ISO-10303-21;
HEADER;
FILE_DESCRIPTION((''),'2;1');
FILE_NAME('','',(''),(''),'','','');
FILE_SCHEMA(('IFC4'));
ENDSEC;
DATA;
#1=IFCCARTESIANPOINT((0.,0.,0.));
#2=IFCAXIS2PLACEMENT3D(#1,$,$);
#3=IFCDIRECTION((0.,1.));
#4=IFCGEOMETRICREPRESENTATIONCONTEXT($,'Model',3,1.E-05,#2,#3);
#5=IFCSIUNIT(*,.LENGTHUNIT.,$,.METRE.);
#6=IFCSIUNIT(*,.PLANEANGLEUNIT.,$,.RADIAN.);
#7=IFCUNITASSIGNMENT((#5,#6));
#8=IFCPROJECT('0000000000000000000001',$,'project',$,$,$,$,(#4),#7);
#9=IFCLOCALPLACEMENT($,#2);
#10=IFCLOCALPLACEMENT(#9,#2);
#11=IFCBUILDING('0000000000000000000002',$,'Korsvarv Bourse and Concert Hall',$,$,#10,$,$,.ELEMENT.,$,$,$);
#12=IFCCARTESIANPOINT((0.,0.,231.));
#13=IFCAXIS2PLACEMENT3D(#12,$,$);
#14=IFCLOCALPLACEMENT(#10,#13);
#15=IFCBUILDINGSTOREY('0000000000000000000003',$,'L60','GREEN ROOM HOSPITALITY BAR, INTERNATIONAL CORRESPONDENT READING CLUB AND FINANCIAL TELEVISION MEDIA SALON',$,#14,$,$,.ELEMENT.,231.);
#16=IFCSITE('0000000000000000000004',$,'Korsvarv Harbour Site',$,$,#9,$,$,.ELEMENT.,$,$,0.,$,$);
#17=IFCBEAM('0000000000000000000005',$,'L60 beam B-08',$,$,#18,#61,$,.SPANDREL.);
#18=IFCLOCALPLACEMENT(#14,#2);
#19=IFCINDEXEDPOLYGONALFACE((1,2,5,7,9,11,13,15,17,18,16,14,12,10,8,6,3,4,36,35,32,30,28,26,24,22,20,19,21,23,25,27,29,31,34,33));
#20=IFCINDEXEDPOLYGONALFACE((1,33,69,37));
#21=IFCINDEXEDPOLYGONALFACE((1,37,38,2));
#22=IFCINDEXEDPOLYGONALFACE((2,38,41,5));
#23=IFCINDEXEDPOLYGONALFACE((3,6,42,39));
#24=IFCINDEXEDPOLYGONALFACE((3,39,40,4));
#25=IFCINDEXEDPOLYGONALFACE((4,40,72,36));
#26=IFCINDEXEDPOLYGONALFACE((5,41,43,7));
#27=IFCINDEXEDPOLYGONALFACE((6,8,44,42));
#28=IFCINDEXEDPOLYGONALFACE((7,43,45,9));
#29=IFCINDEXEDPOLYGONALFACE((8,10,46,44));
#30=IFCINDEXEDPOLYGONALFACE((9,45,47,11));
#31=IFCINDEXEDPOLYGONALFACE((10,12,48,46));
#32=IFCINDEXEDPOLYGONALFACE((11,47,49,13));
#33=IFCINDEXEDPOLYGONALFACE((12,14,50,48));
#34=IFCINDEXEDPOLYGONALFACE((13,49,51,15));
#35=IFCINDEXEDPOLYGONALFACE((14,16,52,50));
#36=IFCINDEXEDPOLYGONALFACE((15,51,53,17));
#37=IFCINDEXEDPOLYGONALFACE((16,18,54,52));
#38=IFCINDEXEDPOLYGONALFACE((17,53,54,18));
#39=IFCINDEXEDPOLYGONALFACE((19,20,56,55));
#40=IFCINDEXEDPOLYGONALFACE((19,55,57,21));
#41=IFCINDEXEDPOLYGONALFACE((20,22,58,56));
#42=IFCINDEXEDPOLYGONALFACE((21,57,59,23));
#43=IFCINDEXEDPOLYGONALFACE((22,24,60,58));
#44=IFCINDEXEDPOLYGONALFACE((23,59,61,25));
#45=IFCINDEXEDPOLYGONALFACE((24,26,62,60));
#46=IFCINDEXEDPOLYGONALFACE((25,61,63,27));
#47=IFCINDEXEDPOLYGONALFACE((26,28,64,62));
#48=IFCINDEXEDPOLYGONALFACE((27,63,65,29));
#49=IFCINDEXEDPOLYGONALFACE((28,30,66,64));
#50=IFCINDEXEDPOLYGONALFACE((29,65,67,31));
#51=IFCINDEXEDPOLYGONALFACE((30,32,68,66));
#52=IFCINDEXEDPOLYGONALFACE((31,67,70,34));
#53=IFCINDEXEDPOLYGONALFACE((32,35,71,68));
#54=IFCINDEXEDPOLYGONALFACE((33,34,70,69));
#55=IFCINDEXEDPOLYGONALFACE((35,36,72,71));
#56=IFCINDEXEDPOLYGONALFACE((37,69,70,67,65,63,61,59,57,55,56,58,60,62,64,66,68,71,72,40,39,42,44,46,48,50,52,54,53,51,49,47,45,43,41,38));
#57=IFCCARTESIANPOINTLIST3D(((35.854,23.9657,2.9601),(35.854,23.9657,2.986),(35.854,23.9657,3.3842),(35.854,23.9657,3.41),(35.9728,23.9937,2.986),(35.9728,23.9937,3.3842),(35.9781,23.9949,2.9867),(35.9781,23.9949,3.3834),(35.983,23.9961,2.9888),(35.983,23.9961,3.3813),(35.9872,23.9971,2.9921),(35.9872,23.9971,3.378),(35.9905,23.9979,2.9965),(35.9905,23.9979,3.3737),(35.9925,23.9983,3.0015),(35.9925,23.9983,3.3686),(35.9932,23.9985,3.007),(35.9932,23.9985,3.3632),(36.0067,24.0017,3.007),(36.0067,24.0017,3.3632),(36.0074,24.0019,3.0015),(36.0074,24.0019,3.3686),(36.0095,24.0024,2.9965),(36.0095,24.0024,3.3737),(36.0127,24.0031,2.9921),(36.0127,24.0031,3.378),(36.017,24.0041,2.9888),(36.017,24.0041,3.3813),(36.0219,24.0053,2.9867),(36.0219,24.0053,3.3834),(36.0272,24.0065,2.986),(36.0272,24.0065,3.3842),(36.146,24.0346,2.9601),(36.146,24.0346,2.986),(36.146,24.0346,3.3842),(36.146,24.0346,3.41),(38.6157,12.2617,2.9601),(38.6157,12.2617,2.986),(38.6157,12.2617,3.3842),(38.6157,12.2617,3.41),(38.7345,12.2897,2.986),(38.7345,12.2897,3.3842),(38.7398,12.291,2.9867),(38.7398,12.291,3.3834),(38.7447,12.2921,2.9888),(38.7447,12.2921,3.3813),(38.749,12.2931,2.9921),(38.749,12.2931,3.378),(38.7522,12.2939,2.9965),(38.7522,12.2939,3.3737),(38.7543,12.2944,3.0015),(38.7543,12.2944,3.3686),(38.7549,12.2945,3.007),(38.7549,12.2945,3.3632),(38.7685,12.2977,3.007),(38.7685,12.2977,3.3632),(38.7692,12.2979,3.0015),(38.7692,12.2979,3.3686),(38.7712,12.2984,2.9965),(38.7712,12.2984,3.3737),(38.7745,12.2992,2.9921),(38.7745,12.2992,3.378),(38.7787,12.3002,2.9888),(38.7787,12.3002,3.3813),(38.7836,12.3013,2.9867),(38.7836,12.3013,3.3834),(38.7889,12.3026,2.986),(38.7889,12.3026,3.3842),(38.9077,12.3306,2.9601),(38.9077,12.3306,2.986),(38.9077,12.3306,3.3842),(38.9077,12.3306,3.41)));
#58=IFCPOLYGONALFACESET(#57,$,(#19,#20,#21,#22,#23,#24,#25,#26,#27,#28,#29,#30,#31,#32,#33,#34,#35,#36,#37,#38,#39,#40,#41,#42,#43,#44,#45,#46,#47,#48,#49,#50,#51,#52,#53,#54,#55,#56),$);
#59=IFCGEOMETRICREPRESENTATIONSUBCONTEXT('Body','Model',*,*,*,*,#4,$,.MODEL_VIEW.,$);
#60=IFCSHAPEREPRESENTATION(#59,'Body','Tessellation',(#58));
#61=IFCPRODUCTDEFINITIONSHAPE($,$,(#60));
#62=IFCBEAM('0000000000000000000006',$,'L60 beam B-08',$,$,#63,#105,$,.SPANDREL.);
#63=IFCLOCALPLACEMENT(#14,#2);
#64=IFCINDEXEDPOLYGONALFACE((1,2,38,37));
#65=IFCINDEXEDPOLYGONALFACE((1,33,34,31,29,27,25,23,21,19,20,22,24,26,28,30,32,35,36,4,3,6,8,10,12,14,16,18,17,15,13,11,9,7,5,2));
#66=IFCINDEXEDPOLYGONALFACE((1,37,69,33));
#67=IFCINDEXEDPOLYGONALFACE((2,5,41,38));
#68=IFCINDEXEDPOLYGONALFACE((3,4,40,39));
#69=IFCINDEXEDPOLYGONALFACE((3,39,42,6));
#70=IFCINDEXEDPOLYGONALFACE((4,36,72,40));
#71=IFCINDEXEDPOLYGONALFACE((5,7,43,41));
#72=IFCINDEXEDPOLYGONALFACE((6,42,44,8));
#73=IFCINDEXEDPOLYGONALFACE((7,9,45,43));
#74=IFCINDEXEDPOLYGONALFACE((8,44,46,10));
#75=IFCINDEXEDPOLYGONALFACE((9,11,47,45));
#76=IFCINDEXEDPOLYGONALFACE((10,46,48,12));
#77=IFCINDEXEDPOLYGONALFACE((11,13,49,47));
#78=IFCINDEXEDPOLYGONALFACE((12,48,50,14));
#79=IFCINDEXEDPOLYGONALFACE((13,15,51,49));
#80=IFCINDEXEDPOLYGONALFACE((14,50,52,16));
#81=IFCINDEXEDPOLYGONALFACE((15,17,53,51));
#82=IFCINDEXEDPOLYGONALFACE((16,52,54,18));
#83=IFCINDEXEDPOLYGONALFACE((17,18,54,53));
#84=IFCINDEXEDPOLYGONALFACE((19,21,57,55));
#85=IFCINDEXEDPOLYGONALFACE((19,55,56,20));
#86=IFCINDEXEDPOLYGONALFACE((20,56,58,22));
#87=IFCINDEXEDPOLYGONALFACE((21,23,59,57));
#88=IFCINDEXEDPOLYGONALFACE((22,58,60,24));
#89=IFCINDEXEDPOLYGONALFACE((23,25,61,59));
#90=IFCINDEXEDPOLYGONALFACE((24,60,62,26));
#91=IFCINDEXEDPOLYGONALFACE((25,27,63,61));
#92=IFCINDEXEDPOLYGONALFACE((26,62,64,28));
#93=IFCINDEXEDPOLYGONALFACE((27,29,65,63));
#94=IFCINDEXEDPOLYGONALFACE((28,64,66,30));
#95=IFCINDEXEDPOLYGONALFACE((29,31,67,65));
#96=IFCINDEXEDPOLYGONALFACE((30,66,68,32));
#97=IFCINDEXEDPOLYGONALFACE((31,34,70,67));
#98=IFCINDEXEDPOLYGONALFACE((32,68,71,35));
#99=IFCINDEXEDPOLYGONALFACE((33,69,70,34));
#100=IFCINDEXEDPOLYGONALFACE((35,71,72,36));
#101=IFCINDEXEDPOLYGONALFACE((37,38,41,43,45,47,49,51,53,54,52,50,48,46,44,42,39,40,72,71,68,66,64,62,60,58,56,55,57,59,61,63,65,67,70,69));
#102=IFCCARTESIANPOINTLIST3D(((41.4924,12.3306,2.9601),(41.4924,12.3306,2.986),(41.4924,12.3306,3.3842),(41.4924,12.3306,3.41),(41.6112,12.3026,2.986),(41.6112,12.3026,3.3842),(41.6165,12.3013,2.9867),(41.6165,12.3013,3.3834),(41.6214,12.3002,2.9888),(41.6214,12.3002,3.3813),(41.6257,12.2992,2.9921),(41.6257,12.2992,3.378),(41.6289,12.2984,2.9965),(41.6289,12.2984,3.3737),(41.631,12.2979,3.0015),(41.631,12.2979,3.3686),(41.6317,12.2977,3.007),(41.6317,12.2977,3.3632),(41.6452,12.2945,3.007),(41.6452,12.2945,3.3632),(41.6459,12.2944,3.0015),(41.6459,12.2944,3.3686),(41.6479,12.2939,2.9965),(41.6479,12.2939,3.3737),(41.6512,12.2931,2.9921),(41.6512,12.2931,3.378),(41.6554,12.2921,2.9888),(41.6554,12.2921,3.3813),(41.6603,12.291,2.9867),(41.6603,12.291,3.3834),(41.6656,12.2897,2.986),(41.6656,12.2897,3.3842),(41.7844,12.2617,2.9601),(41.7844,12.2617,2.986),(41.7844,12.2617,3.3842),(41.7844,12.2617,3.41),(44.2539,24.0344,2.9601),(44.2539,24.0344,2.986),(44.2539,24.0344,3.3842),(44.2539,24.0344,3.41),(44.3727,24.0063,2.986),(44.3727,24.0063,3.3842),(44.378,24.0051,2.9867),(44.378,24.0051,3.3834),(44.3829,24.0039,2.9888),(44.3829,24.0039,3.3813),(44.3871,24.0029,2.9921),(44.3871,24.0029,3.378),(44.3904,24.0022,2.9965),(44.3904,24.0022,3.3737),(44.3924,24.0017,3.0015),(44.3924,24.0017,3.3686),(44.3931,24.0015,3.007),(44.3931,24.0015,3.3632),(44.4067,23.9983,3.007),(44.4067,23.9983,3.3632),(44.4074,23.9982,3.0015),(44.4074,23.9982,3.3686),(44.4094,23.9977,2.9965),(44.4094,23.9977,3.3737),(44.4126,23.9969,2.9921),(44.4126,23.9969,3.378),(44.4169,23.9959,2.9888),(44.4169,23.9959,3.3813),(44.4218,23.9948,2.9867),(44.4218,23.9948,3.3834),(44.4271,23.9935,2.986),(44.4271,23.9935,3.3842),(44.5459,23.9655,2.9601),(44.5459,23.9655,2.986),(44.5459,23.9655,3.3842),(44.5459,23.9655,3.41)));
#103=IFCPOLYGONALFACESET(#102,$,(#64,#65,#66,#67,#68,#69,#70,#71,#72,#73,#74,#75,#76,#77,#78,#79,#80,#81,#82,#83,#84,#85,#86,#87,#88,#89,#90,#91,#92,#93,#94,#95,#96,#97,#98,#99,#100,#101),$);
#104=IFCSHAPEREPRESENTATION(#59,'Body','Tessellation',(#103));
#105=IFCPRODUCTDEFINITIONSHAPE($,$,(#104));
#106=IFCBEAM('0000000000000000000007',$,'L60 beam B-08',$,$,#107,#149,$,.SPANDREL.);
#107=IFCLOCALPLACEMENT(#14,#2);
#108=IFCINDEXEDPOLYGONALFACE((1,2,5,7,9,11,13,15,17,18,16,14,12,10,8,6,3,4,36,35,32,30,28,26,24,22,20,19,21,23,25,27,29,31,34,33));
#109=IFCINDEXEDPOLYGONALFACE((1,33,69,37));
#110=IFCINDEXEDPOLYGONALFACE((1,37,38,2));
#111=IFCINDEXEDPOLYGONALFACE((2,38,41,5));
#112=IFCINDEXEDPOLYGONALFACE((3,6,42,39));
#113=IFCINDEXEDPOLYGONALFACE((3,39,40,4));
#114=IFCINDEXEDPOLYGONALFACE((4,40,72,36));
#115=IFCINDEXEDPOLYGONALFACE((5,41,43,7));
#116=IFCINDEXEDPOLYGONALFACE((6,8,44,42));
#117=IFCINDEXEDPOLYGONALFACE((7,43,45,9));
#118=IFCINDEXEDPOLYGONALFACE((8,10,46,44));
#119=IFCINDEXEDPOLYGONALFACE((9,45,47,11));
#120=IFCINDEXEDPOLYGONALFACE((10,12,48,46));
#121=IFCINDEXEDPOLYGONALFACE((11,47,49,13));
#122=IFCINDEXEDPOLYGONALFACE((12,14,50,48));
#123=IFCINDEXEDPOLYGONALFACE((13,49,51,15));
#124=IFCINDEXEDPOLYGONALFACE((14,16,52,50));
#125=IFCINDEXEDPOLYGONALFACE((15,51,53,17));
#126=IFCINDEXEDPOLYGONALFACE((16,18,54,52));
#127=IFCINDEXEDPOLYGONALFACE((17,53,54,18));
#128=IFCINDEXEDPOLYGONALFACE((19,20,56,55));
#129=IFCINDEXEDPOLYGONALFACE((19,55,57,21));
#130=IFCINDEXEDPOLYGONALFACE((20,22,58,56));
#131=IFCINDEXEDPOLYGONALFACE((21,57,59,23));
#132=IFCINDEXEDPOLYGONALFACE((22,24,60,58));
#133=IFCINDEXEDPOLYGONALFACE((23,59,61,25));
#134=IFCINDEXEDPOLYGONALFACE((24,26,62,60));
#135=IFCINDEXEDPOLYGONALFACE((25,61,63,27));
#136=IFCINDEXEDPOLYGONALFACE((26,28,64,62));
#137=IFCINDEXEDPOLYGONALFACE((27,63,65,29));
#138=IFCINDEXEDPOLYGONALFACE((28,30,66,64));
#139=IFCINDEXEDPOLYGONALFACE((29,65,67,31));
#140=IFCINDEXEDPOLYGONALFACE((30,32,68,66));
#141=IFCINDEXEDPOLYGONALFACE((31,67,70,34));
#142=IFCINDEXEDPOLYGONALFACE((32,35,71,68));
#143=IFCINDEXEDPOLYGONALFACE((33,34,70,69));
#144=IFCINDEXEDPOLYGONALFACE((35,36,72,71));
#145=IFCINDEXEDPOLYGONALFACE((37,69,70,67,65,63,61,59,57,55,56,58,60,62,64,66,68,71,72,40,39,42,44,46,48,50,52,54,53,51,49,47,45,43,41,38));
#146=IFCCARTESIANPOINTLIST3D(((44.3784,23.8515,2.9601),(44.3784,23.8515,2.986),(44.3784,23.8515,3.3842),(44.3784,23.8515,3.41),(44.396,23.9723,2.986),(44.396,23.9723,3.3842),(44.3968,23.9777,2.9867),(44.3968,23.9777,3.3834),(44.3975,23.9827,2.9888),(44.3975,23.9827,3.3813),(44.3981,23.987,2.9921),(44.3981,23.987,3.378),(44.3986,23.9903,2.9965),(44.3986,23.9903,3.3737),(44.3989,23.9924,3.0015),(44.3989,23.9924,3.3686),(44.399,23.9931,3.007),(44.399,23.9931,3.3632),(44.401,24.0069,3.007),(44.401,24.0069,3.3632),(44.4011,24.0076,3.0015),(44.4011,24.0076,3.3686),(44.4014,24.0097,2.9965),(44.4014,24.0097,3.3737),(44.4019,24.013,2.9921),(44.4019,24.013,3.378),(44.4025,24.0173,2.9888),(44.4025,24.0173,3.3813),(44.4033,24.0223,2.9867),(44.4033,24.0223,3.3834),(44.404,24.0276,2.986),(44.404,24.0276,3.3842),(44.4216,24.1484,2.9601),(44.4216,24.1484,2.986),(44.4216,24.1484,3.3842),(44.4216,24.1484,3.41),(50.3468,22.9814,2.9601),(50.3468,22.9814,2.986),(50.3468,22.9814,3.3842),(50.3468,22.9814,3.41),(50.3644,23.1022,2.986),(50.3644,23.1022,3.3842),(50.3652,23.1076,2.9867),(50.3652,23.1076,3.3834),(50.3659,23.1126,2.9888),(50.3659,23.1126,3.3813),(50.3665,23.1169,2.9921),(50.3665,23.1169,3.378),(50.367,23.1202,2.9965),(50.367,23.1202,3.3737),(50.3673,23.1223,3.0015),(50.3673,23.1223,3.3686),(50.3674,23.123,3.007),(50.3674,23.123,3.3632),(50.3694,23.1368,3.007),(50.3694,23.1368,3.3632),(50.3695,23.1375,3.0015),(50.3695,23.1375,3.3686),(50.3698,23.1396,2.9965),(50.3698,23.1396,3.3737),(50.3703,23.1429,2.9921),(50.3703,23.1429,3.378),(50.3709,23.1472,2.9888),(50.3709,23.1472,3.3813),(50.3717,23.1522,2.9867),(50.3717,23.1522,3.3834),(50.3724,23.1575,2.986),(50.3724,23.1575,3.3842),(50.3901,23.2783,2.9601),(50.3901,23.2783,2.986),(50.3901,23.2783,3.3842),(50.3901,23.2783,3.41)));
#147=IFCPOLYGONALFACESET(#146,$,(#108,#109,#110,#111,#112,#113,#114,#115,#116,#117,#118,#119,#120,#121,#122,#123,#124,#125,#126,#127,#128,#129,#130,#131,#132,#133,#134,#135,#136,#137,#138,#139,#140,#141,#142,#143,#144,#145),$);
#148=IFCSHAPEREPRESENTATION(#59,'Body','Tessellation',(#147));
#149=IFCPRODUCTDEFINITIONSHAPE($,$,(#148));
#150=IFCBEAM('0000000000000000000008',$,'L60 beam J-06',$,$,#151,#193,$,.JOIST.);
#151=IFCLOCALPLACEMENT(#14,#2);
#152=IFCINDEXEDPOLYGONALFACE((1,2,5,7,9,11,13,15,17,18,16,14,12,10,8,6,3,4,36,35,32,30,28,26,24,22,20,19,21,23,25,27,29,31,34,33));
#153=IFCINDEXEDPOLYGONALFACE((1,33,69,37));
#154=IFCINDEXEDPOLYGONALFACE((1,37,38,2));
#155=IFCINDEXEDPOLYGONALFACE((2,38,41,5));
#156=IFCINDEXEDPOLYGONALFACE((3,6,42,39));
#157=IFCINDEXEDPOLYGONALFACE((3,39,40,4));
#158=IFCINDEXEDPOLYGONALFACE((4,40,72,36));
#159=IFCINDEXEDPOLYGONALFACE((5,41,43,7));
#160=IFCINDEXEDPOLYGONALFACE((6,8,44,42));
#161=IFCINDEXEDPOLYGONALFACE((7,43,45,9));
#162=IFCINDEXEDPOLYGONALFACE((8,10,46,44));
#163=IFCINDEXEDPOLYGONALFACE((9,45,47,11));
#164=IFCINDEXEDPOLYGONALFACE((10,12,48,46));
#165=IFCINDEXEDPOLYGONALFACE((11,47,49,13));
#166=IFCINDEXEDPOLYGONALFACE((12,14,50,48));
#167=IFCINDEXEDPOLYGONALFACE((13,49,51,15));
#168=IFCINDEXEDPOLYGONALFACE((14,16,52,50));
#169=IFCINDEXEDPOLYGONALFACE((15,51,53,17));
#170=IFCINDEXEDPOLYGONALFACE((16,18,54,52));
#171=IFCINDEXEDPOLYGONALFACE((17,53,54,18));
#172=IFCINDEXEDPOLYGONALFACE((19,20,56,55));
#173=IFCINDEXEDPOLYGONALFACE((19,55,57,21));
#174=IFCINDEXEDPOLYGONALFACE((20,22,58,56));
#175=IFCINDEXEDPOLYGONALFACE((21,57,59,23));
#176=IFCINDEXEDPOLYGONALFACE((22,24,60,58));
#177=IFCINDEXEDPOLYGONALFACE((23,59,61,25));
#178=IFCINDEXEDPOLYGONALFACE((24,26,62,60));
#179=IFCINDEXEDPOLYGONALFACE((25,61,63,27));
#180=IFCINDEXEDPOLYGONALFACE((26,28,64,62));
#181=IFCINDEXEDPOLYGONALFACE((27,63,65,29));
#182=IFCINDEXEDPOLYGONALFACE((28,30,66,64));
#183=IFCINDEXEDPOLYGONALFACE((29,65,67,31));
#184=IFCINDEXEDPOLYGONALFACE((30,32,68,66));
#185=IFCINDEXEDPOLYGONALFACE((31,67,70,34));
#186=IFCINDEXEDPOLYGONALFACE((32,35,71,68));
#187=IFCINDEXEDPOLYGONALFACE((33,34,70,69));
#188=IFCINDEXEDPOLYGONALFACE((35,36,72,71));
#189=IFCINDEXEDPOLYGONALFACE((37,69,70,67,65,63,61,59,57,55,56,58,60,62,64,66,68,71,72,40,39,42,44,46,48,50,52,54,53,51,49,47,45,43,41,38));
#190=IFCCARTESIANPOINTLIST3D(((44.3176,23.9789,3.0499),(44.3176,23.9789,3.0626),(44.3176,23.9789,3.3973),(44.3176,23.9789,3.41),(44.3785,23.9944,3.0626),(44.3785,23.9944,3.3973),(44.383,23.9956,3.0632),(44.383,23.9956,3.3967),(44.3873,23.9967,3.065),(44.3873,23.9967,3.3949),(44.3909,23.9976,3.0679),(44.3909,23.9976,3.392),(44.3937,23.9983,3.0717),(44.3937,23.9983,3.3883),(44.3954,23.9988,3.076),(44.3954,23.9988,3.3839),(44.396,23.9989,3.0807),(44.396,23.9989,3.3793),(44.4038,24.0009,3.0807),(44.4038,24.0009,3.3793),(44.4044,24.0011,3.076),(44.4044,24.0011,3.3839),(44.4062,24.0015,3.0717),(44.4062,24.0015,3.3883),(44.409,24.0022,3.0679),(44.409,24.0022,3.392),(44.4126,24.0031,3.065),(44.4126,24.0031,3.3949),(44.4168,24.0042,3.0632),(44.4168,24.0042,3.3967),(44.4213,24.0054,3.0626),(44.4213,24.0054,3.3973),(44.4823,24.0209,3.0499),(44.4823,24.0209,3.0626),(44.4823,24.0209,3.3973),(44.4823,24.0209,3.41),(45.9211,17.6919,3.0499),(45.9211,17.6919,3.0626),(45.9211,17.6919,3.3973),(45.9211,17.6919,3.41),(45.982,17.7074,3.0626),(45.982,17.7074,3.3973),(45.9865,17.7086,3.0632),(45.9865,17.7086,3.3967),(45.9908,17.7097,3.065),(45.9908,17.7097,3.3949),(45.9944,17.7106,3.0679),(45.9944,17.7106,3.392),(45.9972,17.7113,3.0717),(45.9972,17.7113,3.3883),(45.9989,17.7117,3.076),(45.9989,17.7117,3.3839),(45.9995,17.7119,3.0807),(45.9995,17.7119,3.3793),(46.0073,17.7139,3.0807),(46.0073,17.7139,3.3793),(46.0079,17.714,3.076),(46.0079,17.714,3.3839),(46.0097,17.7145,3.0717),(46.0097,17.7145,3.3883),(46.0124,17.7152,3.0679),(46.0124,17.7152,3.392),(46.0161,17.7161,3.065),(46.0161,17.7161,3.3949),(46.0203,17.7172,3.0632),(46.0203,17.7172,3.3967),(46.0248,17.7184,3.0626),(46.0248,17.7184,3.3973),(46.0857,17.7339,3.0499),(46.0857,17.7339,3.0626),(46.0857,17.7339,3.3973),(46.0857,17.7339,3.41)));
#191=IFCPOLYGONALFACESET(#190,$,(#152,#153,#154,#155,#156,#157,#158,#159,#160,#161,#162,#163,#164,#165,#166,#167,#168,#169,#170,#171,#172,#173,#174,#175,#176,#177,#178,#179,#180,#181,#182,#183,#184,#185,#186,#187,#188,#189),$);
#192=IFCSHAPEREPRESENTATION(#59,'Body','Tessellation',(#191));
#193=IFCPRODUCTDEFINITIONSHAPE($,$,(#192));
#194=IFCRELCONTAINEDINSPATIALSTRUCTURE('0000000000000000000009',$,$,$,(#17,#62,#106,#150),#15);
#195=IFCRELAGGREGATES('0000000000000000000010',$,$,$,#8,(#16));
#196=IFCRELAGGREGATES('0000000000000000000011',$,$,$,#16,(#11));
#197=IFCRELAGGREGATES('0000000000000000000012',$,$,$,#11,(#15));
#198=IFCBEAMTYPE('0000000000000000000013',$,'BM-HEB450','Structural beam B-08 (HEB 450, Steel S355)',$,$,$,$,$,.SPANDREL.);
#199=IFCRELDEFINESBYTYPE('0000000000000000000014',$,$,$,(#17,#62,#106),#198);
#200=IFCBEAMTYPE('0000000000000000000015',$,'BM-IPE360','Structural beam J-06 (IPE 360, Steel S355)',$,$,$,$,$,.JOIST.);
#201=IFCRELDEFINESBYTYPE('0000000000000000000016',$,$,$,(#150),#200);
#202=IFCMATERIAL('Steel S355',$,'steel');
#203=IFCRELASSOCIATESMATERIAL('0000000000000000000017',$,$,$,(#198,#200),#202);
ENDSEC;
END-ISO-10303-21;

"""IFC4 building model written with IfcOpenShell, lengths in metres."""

from ifc_helpers import new_model, si_unit, direction, frame, origin, origin_2d, place, context, subcontext, project, spatial, i_section, extrude, source, transform, mapped, material, material_profile, profile_set, type_object, element, save


model = new_model("IFC4")

# Units and contexts
model_context = context("Model", 3, precision=1e-05, world=origin(), true_north=direction((0.0, 1.0)))
body_context = subcontext(model_context, "Body", "Model", "MODEL_VIEW")
ifc_project = project(units=[si_unit("LENGTHUNIT", "METRE"), si_unit("PLANEANGLEUNIT", "RADIAN")], contexts=[model_context])

# Site, building, storey
site_placement = place(None, origin())
site = spatial("IfcSite", under=ifc_project, at=site_placement, Name="Korsvarv Harbour Site", CompositionType="ELEMENT", RefElevation=0.0)
building_placement = place(site_placement, origin())
building = spatial("IfcBuilding", under=site, at=building_placement, Name="Korsvarv Bourse and Concert Hall", CompositionType="ELEMENT")
storey_placement = place(building_placement, frame((0.0, 0.0, 231.0)))
storey = spatial("IfcBuildingStorey", under=building, at=storey_placement, Name="L60", Description="GREEN ROOM HOSPITALITY BAR, INTERNATIONAL CORRESPONDENT READING CLUB AND FINANCIAL TELEVISION MEDIA SALON", CompositionType="ELEMENT", Elevation=231.0)

# Shared definitions
ifc_material_1 = material(Name="Steel S355", Category="steel")

# Beams
ifc_material_profile_1 = material_profile(ifc_material_1, i_section(OverallWidth=0.3, OverallDepth=0.45, WebThickness=0.0139, FlangeThickness=0.0259, FilletRadius=0.021, at=origin_2d()), Name="HEB 450")
ifc_profile_set_1 = profile_set([ifc_material_profile_1], Name="Steel S355")
beam_type_1 = type_object("IfcBeamType", Name="BM-HEB450", Description="Structural beam B-08 (HEB 450, Steel S355)", PredefinedType="SPANDREL", material=ifc_profile_set_1)
shared_shape_1 = source(origin(), body_context, "Body", "SweptSolid", [
    extrude(i_section(OverallWidth=0.3, OverallDepth=0.45, WebThickness=0.0139, FlangeThickness=0.0259, FilletRadius=0.021, at=origin_2d()), origin(), (0.0, 0.0, 1.0), 12.0254),
])
beam_1_placement = place(storey_placement, frame((38.7617, 12.2961, 3.1851), z_axis=(-0.229659, 0.973271, 0.0), x_axis=(-0.973271, -0.229659, 0.0)))
element("IfcBeam", 1, at=beam_1_placement, inside=storey, type_object=beam_type_1, Name="L60 beam B-08", PredefinedType="SPANDREL", context=body_context, shape_type="MappedRepresentation", body=[
    mapped(shared_shape_1, transform((0.0, 0.0, 0.0), scale=1.0)),
])
shared_shape_2 = source(origin(), body_context, "Body", "SweptSolid", [
    extrude(i_section(OverallWidth=0.3, OverallDepth=0.45, WebThickness=0.0139, FlangeThickness=0.0259, FilletRadius=0.021, at=origin_2d()), origin(), (0.0, 0.0, 1.0), 12.0251),
])
beam_2_placement = place(storey_placement, frame((41.6384, 12.2961, 3.1851), z_axis=(0.22964, 0.973276, 0.0), x_axis=(-0.973276, 0.22964, 0.0)))
element("IfcBeam", 2, at=beam_2_placement, inside=storey, type_object=beam_type_1, Name="L60 beam B-08", PredefinedType="SPANDREL", context=body_context, shape_type="MappedRepresentation", body=[
    mapped(shared_shape_2, transform((0.0, 0.0, 0.0), scale=1.0)),
])
shared_shape_3 = source(origin(), body_context, "Body", "SweptSolid", [
    extrude(i_section(OverallWidth=0.3, OverallDepth=0.45, WebThickness=0.0139, FlangeThickness=0.0259, FilletRadius=0.021, at=origin_2d()), origin(), (0.0, 0.0, 1.0), 6.0315),
])
beam_3_placement = place(storey_placement, frame((50.3684, 23.1299, 3.1851), z_axis=(-0.98954, 0.14426, 0.0), x_axis=(-0.14426, -0.98954, 0.0)))
element("IfcBeam", 3, at=beam_3_placement, inside=storey, type_object=beam_type_1, Name="L60 beam B-08", PredefinedType="SPANDREL", context=body_context, shape_type="MappedRepresentation", body=[
    mapped(shared_shape_3, transform((0.0, 0.0, 0.0), scale=1.0)),
])
ifc_material_profile_2 = material_profile(ifc_material_1, i_section(OverallWidth=0.1699, OverallDepth=0.3601, WebThickness=0.0081, FlangeThickness=0.0127, FilletRadius=0.0181, at=origin_2d()), Name="IPE 360")
ifc_profile_set_2 = profile_set([ifc_material_profile_2], Name="Steel S355")
beam_type_2 = type_object("IfcBeamType", Name="BM-IPE360", Description="Structural beam J-06 (IPE 360, Steel S355)", PredefinedType="JOIST", material=ifc_profile_set_2)
shared_shape_4 = source(origin(), body_context, "Body", "SweptSolid", [
    extrude(i_section(OverallWidth=0.1699, OverallDepth=0.3601, WebThickness=0.0081, FlangeThickness=0.0127, FilletRadius=0.0181, at=origin_2d()), origin(), (0.0, 0.0, 1.0), 6.4883),
])
beam_4_placement = place(storey_placement, frame((46.0034, 17.7129, 3.23), z_axis=(-0.247137, 0.968981, 0.0), x_axis=(-0.968981, -0.247137, 0.0)))
element("IfcBeam", 4, at=beam_4_placement, inside=storey, type_object=beam_type_2, Name="L60 beam J-06", PredefinedType="JOIST", context=body_context, shape_type="MappedRepresentation", body=[
    mapped(shared_shape_4, transform((0.0, 0.0, 0.0), scale=1.0)),
])

save(model, "model.ifc")
